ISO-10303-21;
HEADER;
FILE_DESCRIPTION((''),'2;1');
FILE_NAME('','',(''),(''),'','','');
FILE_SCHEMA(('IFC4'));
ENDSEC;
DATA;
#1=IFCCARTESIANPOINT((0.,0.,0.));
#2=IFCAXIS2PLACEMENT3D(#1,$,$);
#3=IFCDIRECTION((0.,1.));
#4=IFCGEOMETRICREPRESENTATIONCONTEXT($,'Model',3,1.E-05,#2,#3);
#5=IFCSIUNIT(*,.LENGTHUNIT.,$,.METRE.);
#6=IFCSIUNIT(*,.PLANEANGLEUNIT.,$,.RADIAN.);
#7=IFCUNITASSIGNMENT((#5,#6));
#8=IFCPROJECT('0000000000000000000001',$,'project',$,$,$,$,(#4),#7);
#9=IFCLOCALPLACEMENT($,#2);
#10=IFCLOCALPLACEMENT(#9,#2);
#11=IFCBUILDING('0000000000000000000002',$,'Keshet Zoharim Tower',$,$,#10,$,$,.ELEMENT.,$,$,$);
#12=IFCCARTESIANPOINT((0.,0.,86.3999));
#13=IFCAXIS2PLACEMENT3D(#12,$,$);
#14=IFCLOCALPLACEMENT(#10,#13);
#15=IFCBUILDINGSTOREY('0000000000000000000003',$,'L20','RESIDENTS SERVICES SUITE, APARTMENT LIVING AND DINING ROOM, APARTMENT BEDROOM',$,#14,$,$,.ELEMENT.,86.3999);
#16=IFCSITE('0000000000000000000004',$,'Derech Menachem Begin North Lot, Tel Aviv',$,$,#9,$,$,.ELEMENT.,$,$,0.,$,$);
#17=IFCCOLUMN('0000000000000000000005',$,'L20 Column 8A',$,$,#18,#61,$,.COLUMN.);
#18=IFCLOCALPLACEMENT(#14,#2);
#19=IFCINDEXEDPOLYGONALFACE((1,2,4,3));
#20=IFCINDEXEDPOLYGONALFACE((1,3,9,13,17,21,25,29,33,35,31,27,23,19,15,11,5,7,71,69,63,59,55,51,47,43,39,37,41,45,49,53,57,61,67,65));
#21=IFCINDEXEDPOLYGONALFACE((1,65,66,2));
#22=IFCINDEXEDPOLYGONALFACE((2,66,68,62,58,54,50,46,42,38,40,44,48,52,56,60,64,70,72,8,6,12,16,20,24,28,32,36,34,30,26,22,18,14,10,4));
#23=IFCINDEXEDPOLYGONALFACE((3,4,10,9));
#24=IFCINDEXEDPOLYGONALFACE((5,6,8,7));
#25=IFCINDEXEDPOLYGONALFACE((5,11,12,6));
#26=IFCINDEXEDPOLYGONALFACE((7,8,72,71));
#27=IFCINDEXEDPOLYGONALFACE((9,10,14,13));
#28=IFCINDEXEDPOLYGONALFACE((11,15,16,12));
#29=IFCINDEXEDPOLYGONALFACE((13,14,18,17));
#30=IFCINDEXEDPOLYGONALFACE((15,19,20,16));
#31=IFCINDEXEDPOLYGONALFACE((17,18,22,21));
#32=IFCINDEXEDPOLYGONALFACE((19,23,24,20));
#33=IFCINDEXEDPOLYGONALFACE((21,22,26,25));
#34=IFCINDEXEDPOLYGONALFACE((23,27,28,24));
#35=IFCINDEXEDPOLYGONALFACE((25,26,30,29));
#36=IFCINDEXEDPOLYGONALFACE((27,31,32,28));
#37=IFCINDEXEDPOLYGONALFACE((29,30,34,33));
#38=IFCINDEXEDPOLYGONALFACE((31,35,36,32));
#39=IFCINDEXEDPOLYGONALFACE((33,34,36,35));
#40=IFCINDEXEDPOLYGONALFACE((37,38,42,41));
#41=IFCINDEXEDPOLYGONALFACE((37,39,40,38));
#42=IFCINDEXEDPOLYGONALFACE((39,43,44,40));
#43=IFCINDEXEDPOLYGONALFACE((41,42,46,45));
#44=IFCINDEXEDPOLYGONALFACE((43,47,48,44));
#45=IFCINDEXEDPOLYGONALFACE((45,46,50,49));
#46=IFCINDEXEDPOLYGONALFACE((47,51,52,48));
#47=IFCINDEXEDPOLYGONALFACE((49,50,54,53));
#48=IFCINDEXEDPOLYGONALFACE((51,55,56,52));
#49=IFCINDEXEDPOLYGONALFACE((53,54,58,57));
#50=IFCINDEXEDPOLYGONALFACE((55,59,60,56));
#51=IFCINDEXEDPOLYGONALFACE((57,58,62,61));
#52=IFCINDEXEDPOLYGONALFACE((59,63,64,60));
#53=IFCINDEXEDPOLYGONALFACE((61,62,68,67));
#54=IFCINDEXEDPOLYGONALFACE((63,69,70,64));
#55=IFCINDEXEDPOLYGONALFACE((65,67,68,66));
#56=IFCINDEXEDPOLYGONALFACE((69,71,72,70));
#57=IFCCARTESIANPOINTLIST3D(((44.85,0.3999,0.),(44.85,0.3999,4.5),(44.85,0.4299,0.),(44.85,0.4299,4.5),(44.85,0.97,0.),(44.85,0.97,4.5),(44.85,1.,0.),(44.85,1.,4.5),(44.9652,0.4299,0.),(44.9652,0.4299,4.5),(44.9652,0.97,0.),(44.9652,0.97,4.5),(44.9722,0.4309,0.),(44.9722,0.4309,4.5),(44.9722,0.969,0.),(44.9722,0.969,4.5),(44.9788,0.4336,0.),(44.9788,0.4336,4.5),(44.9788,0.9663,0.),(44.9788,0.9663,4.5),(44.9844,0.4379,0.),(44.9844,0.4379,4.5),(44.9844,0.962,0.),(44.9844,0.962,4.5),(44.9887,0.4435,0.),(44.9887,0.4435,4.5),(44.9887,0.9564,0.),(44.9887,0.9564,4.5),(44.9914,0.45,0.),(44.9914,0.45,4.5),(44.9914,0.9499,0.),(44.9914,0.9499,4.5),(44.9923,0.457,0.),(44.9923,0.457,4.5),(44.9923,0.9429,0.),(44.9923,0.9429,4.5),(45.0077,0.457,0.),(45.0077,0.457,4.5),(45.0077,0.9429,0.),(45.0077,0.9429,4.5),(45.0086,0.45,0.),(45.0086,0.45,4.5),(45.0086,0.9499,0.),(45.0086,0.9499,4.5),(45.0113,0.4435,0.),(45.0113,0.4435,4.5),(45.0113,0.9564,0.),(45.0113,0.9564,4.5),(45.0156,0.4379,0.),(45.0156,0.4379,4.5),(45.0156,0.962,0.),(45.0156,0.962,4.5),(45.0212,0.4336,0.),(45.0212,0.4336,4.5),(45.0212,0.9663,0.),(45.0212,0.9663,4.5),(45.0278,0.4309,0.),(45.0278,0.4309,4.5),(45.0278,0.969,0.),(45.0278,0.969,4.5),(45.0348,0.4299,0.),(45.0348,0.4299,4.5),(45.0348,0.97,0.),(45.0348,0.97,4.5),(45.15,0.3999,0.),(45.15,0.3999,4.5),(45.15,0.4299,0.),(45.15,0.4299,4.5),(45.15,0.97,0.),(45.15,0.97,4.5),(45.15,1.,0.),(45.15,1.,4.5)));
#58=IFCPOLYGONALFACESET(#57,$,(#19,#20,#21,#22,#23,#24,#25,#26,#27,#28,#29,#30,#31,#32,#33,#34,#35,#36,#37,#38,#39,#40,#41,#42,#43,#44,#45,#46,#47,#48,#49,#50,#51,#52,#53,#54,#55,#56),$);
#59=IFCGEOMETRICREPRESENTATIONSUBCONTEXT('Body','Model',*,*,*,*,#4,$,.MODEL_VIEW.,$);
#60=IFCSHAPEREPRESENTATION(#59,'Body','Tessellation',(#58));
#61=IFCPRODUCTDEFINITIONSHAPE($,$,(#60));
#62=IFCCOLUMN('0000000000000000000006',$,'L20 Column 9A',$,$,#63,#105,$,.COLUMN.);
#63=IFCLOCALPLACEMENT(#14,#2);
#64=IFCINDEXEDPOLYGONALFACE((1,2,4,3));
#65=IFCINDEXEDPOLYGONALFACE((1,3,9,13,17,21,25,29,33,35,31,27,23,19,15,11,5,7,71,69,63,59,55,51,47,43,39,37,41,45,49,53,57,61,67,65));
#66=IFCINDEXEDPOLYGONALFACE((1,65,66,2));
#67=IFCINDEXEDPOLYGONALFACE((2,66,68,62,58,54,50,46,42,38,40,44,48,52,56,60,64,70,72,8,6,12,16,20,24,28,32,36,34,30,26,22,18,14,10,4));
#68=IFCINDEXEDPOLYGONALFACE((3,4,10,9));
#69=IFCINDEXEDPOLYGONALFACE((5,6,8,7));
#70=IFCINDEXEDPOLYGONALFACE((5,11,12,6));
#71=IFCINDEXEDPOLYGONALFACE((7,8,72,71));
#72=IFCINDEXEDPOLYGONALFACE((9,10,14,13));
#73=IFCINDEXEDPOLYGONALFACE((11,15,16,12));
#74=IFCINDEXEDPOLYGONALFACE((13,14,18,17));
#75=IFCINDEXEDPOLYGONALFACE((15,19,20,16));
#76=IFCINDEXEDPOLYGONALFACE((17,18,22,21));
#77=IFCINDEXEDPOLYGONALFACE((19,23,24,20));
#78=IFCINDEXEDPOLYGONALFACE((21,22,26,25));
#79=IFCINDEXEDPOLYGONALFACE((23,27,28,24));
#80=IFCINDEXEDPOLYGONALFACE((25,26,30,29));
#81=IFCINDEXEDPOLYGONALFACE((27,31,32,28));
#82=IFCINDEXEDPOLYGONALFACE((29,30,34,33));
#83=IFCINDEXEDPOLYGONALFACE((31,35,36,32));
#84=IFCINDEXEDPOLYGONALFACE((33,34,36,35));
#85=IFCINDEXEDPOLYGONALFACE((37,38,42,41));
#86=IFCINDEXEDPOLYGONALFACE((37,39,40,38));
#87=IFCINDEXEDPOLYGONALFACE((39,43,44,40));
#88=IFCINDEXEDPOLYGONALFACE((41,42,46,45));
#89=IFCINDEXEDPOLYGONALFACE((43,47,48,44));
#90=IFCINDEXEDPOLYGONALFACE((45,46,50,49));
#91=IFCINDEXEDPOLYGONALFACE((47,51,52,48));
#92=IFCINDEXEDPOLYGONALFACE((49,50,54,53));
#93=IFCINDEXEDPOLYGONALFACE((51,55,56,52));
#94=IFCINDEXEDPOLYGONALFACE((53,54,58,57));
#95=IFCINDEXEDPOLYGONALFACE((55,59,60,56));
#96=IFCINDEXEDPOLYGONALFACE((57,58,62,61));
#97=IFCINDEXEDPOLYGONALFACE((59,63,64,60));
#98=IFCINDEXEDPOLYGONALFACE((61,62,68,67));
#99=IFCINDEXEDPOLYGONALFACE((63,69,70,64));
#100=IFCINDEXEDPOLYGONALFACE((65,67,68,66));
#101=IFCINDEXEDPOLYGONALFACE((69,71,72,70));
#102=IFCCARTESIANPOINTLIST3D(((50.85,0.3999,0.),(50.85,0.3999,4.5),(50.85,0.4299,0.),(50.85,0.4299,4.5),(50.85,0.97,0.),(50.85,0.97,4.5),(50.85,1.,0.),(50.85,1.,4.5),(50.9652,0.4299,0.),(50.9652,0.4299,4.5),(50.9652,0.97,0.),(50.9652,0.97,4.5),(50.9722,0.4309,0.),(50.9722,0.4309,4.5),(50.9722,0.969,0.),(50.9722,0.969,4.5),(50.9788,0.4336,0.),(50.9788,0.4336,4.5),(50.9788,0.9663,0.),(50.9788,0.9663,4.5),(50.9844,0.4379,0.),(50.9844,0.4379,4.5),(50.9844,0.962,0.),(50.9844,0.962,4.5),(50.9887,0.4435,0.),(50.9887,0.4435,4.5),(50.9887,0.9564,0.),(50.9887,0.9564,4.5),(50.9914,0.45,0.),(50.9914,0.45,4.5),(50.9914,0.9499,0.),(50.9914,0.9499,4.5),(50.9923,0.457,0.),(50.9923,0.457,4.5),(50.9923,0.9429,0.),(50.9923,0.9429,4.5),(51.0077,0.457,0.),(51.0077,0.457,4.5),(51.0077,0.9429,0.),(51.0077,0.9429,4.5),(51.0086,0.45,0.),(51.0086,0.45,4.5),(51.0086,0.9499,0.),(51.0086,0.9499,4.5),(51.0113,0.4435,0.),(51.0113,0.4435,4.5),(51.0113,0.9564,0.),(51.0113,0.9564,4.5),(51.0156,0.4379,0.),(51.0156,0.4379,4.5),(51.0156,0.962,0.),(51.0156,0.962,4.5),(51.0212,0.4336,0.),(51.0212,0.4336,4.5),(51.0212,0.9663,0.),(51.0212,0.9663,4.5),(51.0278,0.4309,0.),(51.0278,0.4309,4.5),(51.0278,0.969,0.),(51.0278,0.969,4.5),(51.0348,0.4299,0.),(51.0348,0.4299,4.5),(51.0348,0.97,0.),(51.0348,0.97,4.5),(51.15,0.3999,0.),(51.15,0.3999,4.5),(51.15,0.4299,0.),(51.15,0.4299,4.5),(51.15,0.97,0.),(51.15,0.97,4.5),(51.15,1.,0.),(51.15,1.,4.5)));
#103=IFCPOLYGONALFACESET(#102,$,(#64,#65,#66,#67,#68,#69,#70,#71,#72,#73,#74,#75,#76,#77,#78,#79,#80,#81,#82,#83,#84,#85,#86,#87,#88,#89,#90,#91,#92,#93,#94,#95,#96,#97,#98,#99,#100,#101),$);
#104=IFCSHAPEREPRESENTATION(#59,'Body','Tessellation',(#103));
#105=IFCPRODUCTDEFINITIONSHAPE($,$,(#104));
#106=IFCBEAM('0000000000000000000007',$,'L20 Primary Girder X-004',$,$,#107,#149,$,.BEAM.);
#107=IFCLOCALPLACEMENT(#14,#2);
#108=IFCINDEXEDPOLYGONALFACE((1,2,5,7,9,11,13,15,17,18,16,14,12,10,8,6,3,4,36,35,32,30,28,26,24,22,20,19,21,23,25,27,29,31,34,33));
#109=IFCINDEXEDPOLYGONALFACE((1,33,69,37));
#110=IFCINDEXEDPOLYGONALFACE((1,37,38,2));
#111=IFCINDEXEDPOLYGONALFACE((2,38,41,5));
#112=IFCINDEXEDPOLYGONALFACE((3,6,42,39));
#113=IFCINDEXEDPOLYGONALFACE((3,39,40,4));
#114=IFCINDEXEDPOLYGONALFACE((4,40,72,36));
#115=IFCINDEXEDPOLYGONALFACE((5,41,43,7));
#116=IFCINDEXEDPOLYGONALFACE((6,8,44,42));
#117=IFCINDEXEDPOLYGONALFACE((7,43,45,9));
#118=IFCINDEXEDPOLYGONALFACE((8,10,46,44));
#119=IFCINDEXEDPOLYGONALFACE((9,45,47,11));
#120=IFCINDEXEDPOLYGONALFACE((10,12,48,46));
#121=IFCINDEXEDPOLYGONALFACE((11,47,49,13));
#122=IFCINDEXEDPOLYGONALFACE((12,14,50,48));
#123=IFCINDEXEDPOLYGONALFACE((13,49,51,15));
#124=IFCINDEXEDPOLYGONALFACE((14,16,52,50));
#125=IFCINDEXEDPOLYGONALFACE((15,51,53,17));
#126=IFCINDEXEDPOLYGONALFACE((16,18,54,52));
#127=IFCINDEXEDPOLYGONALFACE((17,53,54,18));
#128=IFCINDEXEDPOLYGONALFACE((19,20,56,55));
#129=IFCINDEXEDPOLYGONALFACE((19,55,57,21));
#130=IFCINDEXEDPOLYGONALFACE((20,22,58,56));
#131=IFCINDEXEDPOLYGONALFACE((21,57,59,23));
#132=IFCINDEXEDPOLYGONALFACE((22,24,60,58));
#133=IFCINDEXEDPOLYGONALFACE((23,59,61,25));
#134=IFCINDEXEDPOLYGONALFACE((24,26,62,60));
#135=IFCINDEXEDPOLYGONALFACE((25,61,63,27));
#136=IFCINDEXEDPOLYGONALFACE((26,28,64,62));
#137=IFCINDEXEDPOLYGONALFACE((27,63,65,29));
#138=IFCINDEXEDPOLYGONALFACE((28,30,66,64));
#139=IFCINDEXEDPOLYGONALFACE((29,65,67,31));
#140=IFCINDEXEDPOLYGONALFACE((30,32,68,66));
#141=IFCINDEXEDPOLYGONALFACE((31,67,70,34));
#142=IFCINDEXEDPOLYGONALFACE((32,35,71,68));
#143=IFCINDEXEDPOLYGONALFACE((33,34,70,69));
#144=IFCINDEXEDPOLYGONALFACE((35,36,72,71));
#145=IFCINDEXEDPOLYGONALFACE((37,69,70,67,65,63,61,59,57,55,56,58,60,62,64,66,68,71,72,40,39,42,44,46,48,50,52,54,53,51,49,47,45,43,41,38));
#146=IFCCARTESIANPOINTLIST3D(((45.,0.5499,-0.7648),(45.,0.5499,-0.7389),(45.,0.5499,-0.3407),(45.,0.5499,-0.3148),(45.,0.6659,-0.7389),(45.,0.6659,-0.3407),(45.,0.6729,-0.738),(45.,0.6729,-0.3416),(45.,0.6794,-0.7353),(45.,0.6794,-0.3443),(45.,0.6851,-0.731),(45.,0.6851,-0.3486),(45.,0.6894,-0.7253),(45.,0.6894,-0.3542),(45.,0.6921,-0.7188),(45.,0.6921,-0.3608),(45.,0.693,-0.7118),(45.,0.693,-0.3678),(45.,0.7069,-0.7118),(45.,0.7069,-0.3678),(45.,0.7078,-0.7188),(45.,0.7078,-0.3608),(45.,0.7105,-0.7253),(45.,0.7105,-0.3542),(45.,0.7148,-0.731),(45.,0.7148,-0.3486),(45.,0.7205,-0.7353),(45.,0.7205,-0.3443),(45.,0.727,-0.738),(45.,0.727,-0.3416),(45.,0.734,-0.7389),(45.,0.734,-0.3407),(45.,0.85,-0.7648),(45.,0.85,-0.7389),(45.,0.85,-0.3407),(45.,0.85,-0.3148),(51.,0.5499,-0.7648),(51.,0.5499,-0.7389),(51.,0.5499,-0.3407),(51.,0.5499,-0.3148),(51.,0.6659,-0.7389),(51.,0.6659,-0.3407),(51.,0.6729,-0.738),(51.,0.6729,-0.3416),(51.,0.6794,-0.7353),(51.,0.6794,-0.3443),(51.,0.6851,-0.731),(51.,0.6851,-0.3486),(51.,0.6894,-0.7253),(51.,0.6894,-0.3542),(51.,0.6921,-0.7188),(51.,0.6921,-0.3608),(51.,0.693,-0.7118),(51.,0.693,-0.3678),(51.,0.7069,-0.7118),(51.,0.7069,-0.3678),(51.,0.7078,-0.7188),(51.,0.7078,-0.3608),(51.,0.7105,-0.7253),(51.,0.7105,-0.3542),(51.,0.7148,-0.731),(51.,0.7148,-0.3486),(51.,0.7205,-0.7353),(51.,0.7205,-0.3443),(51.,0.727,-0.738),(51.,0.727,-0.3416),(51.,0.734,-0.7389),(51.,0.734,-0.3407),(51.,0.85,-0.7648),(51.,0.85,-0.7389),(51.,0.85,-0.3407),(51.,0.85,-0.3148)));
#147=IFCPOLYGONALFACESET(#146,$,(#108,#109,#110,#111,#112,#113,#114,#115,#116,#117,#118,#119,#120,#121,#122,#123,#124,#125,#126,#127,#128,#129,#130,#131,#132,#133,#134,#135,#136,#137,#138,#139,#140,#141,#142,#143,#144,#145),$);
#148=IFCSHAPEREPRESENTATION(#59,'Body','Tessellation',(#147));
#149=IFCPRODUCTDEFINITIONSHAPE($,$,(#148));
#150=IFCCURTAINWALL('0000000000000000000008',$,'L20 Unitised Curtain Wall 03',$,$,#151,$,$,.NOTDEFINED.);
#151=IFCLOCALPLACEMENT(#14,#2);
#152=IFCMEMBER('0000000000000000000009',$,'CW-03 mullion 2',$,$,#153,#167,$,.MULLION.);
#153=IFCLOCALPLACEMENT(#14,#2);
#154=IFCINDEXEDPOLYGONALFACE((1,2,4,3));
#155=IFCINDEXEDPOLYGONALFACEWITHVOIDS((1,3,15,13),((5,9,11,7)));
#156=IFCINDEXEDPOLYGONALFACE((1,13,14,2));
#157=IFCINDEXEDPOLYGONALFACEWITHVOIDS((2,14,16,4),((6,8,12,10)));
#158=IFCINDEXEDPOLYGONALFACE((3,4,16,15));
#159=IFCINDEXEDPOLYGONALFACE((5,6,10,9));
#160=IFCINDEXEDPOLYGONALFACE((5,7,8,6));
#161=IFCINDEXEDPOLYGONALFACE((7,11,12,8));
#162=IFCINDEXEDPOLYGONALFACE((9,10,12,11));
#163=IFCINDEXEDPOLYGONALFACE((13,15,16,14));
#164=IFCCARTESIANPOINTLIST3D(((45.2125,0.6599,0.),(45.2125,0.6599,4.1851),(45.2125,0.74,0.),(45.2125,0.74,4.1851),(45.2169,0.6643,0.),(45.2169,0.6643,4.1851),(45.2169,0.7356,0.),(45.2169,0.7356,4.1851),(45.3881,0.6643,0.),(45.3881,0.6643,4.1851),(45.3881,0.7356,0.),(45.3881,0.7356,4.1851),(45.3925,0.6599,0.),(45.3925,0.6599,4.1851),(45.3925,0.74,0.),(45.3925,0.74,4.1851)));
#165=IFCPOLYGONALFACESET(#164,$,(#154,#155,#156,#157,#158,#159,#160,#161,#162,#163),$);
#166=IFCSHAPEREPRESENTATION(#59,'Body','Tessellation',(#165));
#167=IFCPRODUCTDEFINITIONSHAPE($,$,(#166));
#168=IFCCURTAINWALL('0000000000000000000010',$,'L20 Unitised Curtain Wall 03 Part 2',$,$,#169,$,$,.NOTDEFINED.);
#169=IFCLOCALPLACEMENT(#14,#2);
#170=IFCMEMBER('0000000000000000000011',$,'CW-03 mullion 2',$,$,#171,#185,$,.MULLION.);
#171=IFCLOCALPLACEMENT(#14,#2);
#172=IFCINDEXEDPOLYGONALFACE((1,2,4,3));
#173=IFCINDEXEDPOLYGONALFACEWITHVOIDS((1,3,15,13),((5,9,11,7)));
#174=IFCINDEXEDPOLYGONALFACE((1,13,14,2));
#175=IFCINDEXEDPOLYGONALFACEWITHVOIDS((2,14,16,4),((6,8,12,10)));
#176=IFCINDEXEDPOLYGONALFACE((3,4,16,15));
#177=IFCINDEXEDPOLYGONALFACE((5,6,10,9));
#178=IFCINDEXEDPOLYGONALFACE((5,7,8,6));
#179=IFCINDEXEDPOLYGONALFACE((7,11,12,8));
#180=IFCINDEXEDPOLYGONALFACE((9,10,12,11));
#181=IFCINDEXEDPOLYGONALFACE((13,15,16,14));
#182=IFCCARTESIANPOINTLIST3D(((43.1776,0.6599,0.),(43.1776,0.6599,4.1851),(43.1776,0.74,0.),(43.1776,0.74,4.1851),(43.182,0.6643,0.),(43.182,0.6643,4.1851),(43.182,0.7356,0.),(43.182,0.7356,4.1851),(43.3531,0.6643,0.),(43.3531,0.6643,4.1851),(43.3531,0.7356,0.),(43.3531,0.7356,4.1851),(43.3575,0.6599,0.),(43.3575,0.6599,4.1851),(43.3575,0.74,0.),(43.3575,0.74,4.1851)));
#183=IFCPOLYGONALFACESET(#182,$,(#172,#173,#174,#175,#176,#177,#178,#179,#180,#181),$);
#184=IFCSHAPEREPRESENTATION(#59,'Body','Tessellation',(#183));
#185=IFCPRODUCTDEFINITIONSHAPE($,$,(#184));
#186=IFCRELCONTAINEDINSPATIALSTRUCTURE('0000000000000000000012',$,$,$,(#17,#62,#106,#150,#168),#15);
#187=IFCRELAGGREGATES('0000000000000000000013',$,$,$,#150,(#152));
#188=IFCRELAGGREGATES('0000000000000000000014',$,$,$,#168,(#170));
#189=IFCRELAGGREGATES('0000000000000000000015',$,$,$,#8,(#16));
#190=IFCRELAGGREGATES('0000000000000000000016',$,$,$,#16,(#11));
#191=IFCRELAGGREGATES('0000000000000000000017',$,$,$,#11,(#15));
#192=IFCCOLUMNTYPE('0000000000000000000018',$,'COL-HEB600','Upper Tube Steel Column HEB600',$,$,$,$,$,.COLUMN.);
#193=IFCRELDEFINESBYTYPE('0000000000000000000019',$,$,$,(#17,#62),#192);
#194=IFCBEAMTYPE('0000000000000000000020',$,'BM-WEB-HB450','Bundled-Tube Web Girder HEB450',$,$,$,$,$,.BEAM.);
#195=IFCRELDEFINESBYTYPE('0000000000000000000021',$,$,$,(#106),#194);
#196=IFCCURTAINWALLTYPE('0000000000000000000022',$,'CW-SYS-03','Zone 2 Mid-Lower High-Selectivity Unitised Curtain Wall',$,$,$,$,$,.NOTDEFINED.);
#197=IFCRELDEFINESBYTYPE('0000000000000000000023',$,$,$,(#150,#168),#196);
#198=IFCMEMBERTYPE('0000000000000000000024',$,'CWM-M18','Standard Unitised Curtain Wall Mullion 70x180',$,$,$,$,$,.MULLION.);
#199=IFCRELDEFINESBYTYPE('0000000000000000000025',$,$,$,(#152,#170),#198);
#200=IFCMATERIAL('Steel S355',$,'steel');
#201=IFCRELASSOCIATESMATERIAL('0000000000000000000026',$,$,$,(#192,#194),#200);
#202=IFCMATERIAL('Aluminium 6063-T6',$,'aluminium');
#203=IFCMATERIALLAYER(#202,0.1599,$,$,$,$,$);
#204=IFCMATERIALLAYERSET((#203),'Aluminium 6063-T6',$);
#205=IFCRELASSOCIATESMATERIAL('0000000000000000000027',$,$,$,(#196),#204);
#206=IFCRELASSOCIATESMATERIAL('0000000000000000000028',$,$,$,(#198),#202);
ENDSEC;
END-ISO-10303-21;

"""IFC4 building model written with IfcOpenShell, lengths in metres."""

from ifc_helpers import new_model, si_unit, direction, frame, origin, origin_2d, place, context, subcontext, project, spatial, hollow_rectangle, i_section, extrude, material, layer, layer_set, material_profile, profile_set, type_object, element, aggregate, save


model = new_model("IFC4")

# Units and contexts
model_context = context("Model", 3, precision=1e-05, world=origin(), true_north=direction((0.0, 1.0)))
body_context = subcontext(model_context, "Body", "Model", "MODEL_VIEW")
ifc_project = project(units=[si_unit("LENGTHUNIT", "METRE"), si_unit("PLANEANGLEUNIT", "RADIAN")], contexts=[model_context])

# Site, building, storey
site_placement = place(None, origin())
site = spatial("IfcSite", under=ifc_project, at=site_placement, Name="Derech Menachem Begin North Lot, Tel Aviv", CompositionType="ELEMENT", RefElevation=0.0)
building_placement = place(site_placement, origin())
building = spatial("IfcBuilding", under=site, at=building_placement, Name="Keshet Zoharim Tower", CompositionType="ELEMENT")
storey_placement = place(building_placement, frame((0.0, 0.0, 86.3999)))
storey = spatial("IfcBuildingStorey", under=building, at=storey_placement, Name="L20", Description="RESIDENTS SERVICES SUITE, APARTMENT LIVING AND DINING ROOM, APARTMENT BEDROOM", CompositionType="ELEMENT", Elevation=86.3999)

# Columns
ifc_material_1 = material(Name="Steel S355", Category="steel")
ifc_material_profile_1 = material_profile(ifc_material_1, i_section(OverallWidth=0.3, OverallDepth=0.6001, WebThickness=0.0154, FlangeThickness=0.03, FilletRadius=0.0271, at=origin_2d()), Name="HEB600")
ifc_profile_set_1 = profile_set([ifc_material_profile_1], Name="Steel S355")
column_type = type_object("IfcColumnType", Name="COL-HEB600", Description="Upper Tube Steel Column HEB600", PredefinedType="COLUMN", material=ifc_profile_set_1)
for number, where, z_axis, x_axis, name in (
    (1, (45.0, 0.7, 0.0), (0.0, 0.0, 1.0), (1.0, 0.0, 0.0), "L20 Column 8A"),
    (2, (51.0, 0.7, 0.0), (0.0, 0.0, 1.0), (1.0, 0.0, 0.0), "L20 Column 9A"),
):
    element("IfcColumn", number, at=place(storey_placement, frame(where, z_axis=z_axis, x_axis=x_axis)), inside=storey, type_object=column_type, Name=name, PredefinedType="COLUMN", context=body_context, shape_type="SweptSolid", body=[
        extrude(i_section(OverallWidth=0.3, OverallDepth=0.6001, WebThickness=0.0154, FlangeThickness=0.03, FilletRadius=0.0271, at=origin_2d()), origin(), (0.0, 0.0, 1.0), 4.5),
    ])

# Beam
ifc_material_profile_2 = material_profile(ifc_material_1, i_section(OverallWidth=0.3, OverallDepth=0.45, WebThickness=0.0139, FlangeThickness=0.0259, FilletRadius=0.0271, at=origin_2d()), Name="HEB450")
ifc_profile_set_2 = profile_set([ifc_material_profile_2], Name="Steel S355")
beam_type = type_object("IfcBeamType", Name="BM-WEB-HB450", Description="Bundled-Tube Web Girder HEB450", PredefinedType="BEAM", material=ifc_profile_set_2)
beam_placement = place(storey_placement, frame((45.0, 0.7, -0.5398), z_axis=(1.0, 0.0, 0.0), x_axis=(0.0, 1.0, 0.0)))
element("IfcBeam", 3, at=beam_placement, inside=storey, type_object=beam_type, Name="L20 Primary Girder X-004", PredefinedType="BEAM", context=body_context, shape_type="SweptSolid", body=[
    extrude(i_section(OverallWidth=0.3, OverallDepth=0.45, WebThickness=0.0139, FlangeThickness=0.0259, FilletRadius=0.0271, at=origin_2d()), origin(), (0.0, 0.0, 1.0), 6.0),
])

# Curtain wall, member
ifc_material_2 = material(Name="Aluminium 6063-T6", Category="aluminium")
ifc_layer_1 = layer(ifc_material_2, 0.1599)
ifc_layer_set_1 = layer_set([ifc_layer_1], Name="Aluminium 6063-T6")
curtain_wall_type = type_object("IfcCurtainWallType", Name="CW-SYS-03", Description="Zone 2 Mid-Lower High-Selectivity Unitised Curtain Wall", PredefinedType="NOTDEFINED", material=ifc_layer_set_1)
curtain_wall_1_placement = place(storey_placement, origin())
curtain_wall_1 = element("IfcCurtainWall", 4, at=curtain_wall_1_placement, inside=storey, type_object=curtain_wall_type, Name="L20 Unitised Curtain Wall 03", PredefinedType="NOTDEFINED")
ifc_material_profile_3 = material_profile(ifc_material_2, hollow_rectangle(XDim=0.0801, YDim=0.1799, WallThickness=0.0044, at=origin_2d()), Name="MUL-80x180")
ifc_profile_set_3 = profile_set([ifc_material_profile_3], Name="Aluminium 6063-T6")
member_type_1 = type_object("IfcMemberType", Name="CWM-M18", Description="Standard Unitised Curtain Wall Mullion 70x180", PredefinedType="MULLION", material=ifc_profile_set_3)
member_1_placement = place(storey_placement, frame((45.3025, 0.7, 0.0), z_axis=(0.0, 0.0, 1.0), x_axis=(0.0, -1.0, 0.0)))
member_1 = element("IfcMember", 5, at=member_1_placement, type_object=member_type_1, Name="CW-03 mullion 2", PredefinedType="MULLION", context=body_context, shape_type="SweptSolid", body=[
    extrude(hollow_rectangle(XDim=0.0801, YDim=0.1799, WallThickness=0.0044, at=origin_2d()), origin(), (0.0, 0.0, 1.0), 4.1851),
])

# Curtain wall, member
curtain_wall_2_placement = place(storey_placement, origin())
curtain_wall_2 = element("IfcCurtainWall", 6, at=curtain_wall_2_placement, inside=storey, type_object=curtain_wall_type, Name="L20 Unitised Curtain Wall 03 Part 2", PredefinedType="NOTDEFINED")
member_2_placement = place(storey_placement, frame((43.2676, 0.7, 0.0), z_axis=(0.0, 0.0, 1.0), x_axis=(0.0, -1.0, 0.0)))
member_2 = element("IfcMember", 7, at=member_2_placement, type_object=member_type_1, Name="CW-03 mullion 2", PredefinedType="MULLION", context=body_context, shape_type="SweptSolid", body=[
    extrude(hollow_rectangle(XDim=0.0801, YDim=0.1799, WallThickness=0.0044, at=origin_2d()), origin(), (0.0, 0.0, 1.0), 4.1851),
])

aggregate(curtain_wall_1, [member_1])
aggregate(curtain_wall_2, [member_2])

save(model, "model.ifc")
